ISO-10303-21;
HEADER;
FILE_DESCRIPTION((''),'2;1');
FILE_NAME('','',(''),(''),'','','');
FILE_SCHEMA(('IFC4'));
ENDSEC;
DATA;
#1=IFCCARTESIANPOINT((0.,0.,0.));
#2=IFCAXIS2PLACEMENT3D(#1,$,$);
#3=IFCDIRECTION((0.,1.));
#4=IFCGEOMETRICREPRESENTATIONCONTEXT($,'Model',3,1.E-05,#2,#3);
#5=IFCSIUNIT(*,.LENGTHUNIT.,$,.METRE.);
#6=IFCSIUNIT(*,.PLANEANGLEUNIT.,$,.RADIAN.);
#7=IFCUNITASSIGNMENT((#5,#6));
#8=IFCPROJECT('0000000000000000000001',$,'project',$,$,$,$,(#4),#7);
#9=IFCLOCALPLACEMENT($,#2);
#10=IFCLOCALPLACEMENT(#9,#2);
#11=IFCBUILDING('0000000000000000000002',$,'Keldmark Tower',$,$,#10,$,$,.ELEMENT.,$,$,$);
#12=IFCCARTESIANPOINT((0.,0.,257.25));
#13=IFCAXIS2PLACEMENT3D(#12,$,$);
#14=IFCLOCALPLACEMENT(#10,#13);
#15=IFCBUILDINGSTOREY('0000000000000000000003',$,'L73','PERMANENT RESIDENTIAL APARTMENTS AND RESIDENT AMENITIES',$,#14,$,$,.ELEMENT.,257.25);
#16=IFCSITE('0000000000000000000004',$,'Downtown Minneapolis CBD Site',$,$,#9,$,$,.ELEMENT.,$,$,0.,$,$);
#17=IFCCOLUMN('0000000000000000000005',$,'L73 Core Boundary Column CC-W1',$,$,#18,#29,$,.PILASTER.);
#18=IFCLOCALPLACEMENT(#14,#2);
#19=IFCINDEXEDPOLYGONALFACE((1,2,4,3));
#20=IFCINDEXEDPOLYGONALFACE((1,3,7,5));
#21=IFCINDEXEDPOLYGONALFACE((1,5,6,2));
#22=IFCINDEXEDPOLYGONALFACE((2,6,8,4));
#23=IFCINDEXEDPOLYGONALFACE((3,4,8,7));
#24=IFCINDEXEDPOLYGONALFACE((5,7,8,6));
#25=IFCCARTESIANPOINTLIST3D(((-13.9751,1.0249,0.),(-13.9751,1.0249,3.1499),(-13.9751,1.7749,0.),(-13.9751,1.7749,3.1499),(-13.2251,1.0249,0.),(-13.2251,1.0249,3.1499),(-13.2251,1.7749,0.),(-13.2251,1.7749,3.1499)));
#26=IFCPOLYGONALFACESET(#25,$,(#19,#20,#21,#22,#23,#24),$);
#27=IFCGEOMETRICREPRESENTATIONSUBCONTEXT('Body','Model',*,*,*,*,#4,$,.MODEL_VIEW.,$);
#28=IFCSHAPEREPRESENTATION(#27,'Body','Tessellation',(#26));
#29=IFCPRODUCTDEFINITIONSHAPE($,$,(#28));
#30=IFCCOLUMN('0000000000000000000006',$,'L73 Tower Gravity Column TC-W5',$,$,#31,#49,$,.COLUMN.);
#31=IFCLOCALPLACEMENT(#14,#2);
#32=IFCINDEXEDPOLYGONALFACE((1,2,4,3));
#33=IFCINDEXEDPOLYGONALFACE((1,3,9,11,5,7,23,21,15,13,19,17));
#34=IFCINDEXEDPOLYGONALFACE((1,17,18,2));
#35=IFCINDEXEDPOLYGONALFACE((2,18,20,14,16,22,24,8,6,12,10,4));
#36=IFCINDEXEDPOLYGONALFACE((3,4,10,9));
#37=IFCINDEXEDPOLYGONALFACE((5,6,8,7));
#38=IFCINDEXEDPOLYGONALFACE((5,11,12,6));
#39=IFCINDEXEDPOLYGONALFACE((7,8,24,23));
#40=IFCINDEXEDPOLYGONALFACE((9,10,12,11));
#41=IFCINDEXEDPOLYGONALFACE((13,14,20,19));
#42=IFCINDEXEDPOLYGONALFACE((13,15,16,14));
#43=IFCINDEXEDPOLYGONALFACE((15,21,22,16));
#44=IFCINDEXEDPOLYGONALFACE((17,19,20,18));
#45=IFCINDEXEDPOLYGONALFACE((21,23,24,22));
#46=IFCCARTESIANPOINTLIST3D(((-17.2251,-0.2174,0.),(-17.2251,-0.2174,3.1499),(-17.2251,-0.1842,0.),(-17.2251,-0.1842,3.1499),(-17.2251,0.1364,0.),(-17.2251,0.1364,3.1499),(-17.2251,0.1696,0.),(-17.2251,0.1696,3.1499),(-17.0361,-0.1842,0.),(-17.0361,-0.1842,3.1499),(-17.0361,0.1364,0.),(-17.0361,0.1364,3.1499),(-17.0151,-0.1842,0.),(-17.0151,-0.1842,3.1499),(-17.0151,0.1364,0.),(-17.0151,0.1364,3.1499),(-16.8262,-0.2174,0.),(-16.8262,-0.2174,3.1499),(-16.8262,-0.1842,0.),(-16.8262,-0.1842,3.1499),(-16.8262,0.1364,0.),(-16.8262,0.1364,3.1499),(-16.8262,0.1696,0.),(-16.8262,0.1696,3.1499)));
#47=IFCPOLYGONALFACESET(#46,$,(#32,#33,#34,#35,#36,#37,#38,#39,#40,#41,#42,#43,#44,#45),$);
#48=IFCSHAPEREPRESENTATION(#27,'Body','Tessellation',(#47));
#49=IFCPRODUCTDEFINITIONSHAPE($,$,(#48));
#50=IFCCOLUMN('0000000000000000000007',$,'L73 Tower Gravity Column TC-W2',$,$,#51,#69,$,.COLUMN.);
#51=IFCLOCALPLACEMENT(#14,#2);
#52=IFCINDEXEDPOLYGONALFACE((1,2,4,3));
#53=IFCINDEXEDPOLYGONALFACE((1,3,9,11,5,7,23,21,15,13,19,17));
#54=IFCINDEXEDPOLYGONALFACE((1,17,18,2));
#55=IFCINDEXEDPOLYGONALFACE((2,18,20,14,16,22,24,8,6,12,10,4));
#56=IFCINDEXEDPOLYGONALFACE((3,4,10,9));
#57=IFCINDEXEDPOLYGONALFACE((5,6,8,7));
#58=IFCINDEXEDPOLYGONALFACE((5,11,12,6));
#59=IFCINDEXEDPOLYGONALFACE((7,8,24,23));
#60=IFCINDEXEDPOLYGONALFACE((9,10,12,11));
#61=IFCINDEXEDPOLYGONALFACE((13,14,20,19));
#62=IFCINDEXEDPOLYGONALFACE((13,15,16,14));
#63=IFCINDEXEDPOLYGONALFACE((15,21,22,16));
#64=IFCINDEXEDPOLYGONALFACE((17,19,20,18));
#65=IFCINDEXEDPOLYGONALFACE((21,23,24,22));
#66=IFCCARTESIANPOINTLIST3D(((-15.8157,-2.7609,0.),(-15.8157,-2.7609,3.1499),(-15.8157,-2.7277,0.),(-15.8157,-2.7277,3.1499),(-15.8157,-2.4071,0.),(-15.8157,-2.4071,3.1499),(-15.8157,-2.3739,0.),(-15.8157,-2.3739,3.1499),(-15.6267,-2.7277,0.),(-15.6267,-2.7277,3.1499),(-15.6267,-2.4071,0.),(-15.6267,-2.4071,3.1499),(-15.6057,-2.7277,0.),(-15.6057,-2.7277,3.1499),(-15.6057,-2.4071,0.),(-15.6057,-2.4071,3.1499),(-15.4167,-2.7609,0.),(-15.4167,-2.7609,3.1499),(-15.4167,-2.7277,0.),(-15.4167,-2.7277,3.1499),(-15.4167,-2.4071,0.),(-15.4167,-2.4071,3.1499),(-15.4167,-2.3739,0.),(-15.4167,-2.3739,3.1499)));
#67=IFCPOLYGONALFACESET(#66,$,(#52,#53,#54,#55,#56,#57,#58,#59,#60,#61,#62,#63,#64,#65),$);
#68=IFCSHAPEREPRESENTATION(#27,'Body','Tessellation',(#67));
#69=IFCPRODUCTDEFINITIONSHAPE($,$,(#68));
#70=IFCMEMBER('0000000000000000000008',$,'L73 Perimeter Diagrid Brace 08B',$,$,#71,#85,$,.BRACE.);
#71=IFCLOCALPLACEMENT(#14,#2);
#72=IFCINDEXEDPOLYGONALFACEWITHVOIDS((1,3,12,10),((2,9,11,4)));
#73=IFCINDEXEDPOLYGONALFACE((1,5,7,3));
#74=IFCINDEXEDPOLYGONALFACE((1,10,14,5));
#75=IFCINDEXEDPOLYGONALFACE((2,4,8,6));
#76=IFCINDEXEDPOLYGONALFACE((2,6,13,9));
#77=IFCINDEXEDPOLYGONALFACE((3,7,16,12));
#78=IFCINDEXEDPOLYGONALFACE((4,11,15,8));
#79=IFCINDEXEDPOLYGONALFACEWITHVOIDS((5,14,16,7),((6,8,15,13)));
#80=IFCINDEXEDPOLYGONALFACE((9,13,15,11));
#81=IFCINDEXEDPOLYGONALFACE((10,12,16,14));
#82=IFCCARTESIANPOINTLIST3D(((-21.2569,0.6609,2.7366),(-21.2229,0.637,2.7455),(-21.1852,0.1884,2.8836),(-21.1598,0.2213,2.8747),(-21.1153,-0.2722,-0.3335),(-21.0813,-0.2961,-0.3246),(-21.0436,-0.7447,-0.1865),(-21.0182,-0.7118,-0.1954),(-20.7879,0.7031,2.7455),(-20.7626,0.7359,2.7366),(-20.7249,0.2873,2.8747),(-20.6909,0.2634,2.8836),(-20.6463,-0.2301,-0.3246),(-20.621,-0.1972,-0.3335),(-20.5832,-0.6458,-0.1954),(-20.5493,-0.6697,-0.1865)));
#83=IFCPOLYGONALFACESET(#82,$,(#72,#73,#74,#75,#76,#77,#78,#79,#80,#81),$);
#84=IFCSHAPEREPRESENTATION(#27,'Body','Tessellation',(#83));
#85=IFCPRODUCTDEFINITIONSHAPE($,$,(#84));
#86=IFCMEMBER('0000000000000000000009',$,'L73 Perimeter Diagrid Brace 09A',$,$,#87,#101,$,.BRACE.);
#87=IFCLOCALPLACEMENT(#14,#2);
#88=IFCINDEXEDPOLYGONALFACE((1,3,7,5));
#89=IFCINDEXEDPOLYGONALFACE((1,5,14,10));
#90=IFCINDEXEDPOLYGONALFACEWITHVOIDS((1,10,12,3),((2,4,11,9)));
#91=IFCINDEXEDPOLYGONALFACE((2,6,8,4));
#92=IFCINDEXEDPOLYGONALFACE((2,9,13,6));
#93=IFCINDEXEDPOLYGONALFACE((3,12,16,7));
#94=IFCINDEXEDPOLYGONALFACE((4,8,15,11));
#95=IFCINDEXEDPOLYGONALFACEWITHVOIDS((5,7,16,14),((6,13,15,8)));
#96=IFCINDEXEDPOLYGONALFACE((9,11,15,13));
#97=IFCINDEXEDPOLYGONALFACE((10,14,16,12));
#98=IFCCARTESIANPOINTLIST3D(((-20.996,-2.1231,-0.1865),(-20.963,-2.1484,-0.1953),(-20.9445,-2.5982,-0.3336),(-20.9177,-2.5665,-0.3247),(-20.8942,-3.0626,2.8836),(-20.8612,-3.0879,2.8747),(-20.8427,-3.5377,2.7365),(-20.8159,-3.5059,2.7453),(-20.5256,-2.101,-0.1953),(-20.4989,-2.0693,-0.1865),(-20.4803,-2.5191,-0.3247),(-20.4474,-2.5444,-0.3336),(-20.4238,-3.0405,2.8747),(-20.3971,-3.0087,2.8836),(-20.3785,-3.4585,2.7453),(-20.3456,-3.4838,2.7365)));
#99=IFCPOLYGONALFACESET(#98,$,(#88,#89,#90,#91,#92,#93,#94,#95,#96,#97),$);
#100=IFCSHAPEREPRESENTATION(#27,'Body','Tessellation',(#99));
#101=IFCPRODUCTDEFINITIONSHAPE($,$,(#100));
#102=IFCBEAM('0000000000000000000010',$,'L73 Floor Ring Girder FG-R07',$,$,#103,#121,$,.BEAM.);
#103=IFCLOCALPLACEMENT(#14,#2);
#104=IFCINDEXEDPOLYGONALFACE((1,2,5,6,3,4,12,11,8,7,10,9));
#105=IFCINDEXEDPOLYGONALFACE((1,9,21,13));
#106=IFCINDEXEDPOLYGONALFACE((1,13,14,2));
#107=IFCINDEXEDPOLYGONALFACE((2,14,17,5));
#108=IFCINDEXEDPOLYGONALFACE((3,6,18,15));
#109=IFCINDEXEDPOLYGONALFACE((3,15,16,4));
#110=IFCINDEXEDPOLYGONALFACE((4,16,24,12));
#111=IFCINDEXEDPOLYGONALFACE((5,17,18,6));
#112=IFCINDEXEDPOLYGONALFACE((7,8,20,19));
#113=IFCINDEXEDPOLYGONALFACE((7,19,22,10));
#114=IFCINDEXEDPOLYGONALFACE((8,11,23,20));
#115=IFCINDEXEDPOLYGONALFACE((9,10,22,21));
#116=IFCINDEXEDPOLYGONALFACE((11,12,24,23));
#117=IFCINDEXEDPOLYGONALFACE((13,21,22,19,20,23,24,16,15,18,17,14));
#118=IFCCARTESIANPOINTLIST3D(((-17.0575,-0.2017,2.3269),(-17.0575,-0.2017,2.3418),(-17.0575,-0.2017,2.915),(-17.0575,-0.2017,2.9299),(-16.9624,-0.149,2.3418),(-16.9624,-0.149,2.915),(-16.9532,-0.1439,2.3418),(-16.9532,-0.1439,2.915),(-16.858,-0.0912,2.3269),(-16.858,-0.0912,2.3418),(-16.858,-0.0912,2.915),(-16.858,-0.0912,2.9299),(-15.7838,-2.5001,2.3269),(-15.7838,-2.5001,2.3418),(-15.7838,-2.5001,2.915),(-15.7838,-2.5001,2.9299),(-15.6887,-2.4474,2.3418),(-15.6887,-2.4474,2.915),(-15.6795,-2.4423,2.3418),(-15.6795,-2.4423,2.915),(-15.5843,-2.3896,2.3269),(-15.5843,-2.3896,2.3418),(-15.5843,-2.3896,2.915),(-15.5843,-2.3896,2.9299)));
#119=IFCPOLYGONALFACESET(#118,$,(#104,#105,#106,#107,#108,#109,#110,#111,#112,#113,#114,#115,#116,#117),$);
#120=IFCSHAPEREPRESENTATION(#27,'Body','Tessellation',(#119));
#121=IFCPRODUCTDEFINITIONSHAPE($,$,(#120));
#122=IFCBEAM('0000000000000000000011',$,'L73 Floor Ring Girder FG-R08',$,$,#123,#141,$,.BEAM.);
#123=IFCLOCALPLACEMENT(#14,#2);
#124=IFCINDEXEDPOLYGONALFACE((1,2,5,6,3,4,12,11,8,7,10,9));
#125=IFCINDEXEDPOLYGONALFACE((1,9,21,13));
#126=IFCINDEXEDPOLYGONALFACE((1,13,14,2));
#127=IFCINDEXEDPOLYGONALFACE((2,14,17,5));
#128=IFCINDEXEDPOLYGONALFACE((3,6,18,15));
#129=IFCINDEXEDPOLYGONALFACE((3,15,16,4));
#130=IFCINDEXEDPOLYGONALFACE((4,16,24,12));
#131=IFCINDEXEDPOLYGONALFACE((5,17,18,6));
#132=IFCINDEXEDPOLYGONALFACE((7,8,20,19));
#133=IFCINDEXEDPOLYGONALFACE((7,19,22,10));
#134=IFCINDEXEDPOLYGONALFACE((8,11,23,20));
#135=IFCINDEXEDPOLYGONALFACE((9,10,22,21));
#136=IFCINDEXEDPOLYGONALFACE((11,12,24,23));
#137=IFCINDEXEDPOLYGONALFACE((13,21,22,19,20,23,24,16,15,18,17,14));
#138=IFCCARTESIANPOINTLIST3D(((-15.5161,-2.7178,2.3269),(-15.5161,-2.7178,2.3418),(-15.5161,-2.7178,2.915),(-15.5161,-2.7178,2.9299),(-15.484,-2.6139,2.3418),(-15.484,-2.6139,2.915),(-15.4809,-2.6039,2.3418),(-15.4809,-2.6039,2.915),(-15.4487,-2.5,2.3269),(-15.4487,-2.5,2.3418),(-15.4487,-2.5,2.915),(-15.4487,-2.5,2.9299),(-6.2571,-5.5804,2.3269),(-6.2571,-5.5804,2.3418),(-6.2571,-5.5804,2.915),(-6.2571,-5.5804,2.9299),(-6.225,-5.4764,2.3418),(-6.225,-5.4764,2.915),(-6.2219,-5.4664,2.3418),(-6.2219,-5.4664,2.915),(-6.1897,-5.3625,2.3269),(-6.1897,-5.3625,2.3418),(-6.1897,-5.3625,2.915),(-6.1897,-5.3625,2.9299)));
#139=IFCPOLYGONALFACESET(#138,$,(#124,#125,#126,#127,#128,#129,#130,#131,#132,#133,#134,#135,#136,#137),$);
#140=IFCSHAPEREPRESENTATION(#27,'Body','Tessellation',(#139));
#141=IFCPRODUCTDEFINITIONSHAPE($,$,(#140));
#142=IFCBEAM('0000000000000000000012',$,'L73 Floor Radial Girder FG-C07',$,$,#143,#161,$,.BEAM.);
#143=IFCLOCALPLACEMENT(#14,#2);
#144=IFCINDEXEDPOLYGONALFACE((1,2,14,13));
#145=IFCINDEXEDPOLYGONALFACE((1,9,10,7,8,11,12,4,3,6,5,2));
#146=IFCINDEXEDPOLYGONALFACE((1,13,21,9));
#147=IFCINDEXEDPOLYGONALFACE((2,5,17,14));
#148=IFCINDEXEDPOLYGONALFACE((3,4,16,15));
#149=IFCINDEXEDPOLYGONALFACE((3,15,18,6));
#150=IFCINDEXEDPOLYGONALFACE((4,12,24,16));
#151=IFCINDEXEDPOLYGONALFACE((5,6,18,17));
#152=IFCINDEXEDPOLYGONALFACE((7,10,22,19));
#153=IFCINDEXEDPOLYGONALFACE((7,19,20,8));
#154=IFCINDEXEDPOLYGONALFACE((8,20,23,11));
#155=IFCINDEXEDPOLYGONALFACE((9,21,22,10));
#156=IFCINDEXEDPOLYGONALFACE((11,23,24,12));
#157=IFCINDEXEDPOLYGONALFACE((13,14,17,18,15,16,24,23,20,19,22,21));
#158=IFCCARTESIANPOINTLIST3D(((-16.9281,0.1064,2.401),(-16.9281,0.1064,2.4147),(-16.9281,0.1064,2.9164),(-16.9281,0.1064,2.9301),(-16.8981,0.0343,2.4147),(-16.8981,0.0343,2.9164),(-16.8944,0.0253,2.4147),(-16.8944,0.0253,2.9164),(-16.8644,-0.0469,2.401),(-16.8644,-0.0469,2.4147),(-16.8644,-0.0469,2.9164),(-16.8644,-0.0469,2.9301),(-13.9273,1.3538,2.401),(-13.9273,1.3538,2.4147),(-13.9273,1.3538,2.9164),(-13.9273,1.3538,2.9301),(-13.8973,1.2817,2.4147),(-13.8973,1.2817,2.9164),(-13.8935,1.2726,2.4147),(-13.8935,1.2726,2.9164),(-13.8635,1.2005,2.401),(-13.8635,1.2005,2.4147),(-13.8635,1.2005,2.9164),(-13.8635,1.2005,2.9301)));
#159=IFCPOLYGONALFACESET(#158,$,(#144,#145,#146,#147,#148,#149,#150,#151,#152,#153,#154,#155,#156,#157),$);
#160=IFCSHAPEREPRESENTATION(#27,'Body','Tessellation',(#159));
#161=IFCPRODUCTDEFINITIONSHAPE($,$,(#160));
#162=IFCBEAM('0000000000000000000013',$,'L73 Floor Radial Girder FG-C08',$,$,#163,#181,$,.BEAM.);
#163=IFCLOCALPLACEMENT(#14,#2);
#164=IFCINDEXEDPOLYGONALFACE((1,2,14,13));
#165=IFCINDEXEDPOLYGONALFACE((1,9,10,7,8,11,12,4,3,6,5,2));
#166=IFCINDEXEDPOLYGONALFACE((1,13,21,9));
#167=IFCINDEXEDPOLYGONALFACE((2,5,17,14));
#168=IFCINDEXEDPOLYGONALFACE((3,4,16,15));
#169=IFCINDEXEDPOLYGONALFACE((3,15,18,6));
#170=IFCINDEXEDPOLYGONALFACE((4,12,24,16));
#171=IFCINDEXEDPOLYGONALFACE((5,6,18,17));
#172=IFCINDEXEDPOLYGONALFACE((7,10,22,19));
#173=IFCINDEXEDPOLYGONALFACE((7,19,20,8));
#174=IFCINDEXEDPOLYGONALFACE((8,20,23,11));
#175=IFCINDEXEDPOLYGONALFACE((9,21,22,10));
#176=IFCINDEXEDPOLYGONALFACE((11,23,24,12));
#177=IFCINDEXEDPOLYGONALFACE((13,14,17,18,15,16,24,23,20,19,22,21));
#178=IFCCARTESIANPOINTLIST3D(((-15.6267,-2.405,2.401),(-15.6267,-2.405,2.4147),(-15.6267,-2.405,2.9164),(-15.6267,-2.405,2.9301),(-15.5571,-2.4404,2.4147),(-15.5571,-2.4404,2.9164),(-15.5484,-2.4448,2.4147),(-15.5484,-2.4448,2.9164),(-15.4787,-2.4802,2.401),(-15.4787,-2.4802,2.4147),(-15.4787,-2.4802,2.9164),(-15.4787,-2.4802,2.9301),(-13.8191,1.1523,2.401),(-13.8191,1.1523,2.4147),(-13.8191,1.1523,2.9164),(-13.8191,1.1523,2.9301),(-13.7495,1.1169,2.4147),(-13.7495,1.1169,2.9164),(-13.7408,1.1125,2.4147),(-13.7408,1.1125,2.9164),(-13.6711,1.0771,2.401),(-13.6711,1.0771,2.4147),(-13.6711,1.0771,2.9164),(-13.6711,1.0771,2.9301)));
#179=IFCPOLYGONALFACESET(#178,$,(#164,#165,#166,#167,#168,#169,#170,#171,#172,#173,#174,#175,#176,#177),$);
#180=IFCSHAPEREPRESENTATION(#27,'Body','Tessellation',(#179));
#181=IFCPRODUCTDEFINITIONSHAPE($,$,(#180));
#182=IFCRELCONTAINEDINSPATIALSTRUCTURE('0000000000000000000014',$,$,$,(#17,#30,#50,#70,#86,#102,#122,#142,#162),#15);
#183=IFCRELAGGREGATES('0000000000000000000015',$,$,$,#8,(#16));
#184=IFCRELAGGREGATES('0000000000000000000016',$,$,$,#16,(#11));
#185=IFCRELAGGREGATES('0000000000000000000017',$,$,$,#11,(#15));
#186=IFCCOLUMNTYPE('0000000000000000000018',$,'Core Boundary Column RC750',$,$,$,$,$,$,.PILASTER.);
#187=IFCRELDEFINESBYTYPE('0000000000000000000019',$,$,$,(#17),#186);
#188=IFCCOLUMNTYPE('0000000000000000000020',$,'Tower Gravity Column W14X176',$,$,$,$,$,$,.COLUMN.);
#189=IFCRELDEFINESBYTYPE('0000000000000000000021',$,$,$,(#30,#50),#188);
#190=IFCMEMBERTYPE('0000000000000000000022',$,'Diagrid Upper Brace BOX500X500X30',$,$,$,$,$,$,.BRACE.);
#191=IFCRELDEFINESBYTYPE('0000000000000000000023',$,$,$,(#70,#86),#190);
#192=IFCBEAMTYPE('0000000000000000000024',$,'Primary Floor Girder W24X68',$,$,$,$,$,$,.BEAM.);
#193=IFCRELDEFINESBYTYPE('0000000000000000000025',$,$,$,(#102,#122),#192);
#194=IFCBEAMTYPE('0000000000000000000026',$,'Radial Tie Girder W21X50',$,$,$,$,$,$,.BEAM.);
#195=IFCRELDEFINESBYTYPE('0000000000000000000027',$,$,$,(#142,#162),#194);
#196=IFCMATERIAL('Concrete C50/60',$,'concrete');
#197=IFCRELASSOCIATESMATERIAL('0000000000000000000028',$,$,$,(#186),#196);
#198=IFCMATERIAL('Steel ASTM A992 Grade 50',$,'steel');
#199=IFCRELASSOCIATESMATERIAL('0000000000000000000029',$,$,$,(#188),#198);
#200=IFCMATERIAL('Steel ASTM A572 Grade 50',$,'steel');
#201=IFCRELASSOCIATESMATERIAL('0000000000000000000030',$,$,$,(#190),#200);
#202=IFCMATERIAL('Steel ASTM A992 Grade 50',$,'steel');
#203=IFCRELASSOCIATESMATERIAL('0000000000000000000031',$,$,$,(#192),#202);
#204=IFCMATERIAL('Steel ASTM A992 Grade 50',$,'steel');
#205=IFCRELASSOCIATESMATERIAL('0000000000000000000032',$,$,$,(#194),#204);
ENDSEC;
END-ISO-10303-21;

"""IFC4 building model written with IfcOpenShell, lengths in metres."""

from ifc_helpers import new_model, si_unit, direction, frame, origin, origin_2d, place, context, subcontext, project, spatial, rectangle, hollow_rectangle, i_section, extrude, material, material_profile, profile_set, type_object, element, save


model = new_model("IFC4")

# Units and contexts
model_context = context("Model", 3, precision=1e-05, world=origin(), true_north=direction((0.0, 1.0)))
body_context = subcontext(model_context, "Body", "Model", "MODEL_VIEW")
ifc_project = project(units=[si_unit("LENGTHUNIT", "METRE"), si_unit("PLANEANGLEUNIT", "RADIAN")], contexts=[model_context])

# Site, building, storey
site_placement = place(None, origin())
site = spatial("IfcSite", under=ifc_project, at=site_placement, Name="Downtown Minneapolis CBD Site", CompositionType="ELEMENT", RefElevation=0.0)
building_placement = place(site_placement, origin())
building = spatial("IfcBuilding", under=site, at=building_placement, Name="Keldmark Tower", CompositionType="ELEMENT")
storey_placement = place(building_placement, frame((0.0, 0.0, 257.25)))
storey = spatial("IfcBuildingStorey", under=building, at=storey_placement, Name="L73", Description="PERMANENT RESIDENTIAL APARTMENTS AND RESIDENT AMENITIES", CompositionType="ELEMENT", Elevation=257.25)

# Columns
ifc_material_1 = material(Name="Concrete C50/60", Category="concrete")
ifc_material_profile_1 = material_profile(ifc_material_1, rectangle(XDim=0.75, YDim=0.75, at=origin_2d()), Name="RC750X750")
ifc_profile_set_1 = profile_set([ifc_material_profile_1], Name="Concrete C50/60")
column_type_1 = type_object("IfcColumnType", Name="Core Boundary Column RC750", PredefinedType="PILASTER", material=ifc_profile_set_1)
column_placement = place(storey_placement, frame((-13.6001, 1.3999, 0.0), z_axis=(0.0, 0.0, 1.0), x_axis=(1.0, 0.0, 0.0)))
element("IfcColumn", 1, at=column_placement, inside=storey, type_object=column_type_1, Name="L73 Core Boundary Column CC-W1", PredefinedType="PILASTER", context=body_context, shape_type="SweptSolid", body=[
    extrude(rectangle(XDim=0.75, YDim=0.75, at=origin_2d()), origin(), (0.0, 0.0, 1.0), 3.1499),
])
ifc_material_2 = material(Name="Steel ASTM A992 Grade 50", Category="steel")
ifc_material_profile_2 = material_profile(ifc_material_2, i_section(OverallWidth=0.3989, OverallDepth=0.387, WebThickness=0.021, FlangeThickness=0.0332, at=origin_2d()), Name="W14X176")
ifc_profile_set_2 = profile_set([ifc_material_profile_2], Name="Steel ASTM A992 Grade 50")
column_type_2 = type_object("IfcColumnType", Name="Tower Gravity Column W14X176", PredefinedType="COLUMN", material=ifc_profile_set_2)
for number, where, z_axis, x_axis, name in (
    (2, (-17.0256, -0.0239, 0.0), (0.0, 0.0, 1.0), (1.0, 0.0, 0.0), "L73 Tower Gravity Column TC-W5"),
    (3, (-15.6162, -2.5674, 0.0), (0.0, 0.0, 1.0), (1.0, 0.0, 0.0), "L73 Tower Gravity Column TC-W2"),
):
    element("IfcColumn", number, at=place(storey_placement, frame(where, z_axis=z_axis, x_axis=x_axis)), inside=storey, type_object=column_type_2, Name=name, PredefinedType="COLUMN", context=body_context, shape_type="SweptSolid", body=[
        extrude(i_section(OverallWidth=0.3989, OverallDepth=0.387, WebThickness=0.021, FlangeThickness=0.0332, at=origin_2d()), origin(), (0.0, 0.0, 1.0), 3.1499),
    ])

# Members
ifc_material_3 = material(Name="Steel ASTM A572 Grade 50", Category="steel")
ifc_material_profile_3 = material_profile(ifc_material_3, hollow_rectangle(XDim=0.5, YDim=0.5, WallThickness=0.03, at=origin_2d()), Name="BOX500X500X30")
ifc_profile_set_3 = profile_set([ifc_material_profile_3], Name="Steel ASTM A572 Grade 50")
member_type = type_object("IfcMemberType", Name="Diagrid Upper Brace BOX500X500X30", PredefinedType="BRACE", material=ifc_profile_set_3)
member_1_placement = place(storey_placement, frame((-20.8323, -0.4709, -0.26), z_axis=(-0.044087, 0.290519, 0.955853), x_axis=(-0.988681, -0.150035, 0.0)))
element("IfcMember", 4, at=member_1_placement, inside=storey, type_object=member_type, Name="L73 Perimeter Diagrid Brace 08B", PredefinedType="BRACE", context=body_context, shape_type="SweptSolid", body=[
    extrude(hollow_rectangle(XDim=0.5, YDim=0.5, WallThickness=0.03, at=origin_2d()), origin(), (0.0, 0.0, 1.0), 3.2119),
])
member_2_placement = place(storey_placement, frame((-20.7217, -2.3337, -0.26), z_axis=(0.031694, -0.292464, 0.955751), x_axis=(0.994179, 0.107737, 0.0)))
element("IfcMember", 5, at=member_2_placement, inside=storey, type_object=member_type, Name="L73 Perimeter Diagrid Brace 09A", PredefinedType="BRACE", context=body_context, shape_type="SweptSolid", body=[
    extrude(hollow_rectangle(XDim=0.5, YDim=0.5, WallThickness=0.03, at=origin_2d()), origin(), (0.0, 0.0, 1.0), 3.2122),
])

# Beams
ifc_material_4 = material(Name="Steel ASTM A992 Grade 50", Category="steel")
ifc_material_profile_4 = material_profile(ifc_material_4, i_section(OverallWidth=0.228, OverallDepth=0.603, WebThickness=0.0105, FlangeThickness=0.0149, at=origin_2d()), Name="W24X68")
ifc_profile_set_4 = profile_set([ifc_material_profile_4], Name="Steel ASTM A992 Grade 50")
beam_type_1 = type_object("IfcBeamType", Name="Primary Floor Girder W24X68", PredefinedType="BEAM", material=ifc_profile_set_4)
beam_1_placement = place(storey_placement, frame((-16.9578, -0.1465, 2.6284), z_axis=(0.48472, -0.87467, 0.0), x_axis=(0.87467, 0.48472, 0.0)))
element("IfcBeam", 6, at=beam_1_placement, inside=storey, type_object=beam_type_1, Name="L73 Floor Ring Girder FG-R07", PredefinedType="BEAM", context=body_context, shape_type="SweptSolid", body=[
    extrude(i_section(OverallWidth=0.228, OverallDepth=0.603, WebThickness=0.0105, FlangeThickness=0.0149, at=origin_2d()), origin(), (0.0, 0.0, 1.0), 2.6277),
])
beam_2_placement = place(storey_placement, frame((-15.4824, -2.6089, 2.6284), z_axis=(0.955383, -0.295369, 0.0), x_axis=(0.295369, 0.955383, 0.0)))
element("IfcBeam", 7, at=beam_2_placement, inside=storey, type_object=beam_type_1, Name="L73 Floor Ring Girder FG-R08", PredefinedType="BEAM", context=body_context, shape_type="SweptSolid", body=[
    extrude(i_section(OverallWidth=0.228, OverallDepth=0.603, WebThickness=0.0105, FlangeThickness=0.0149, at=origin_2d()), origin(), (0.0, 0.0, 1.0), 9.6914),
])
ifc_material_5 = material(Name="Steel ASTM A992 Grade 50", Category="steel")
ifc_material_profile_5 = material_profile(ifc_material_5, i_section(OverallWidth=0.166, OverallDepth=0.5291, WebThickness=0.0098, FlangeThickness=0.0137, at=origin_2d()), Name="W21X50")
ifc_profile_set_5 = profile_set([ifc_material_profile_5], Name="Steel ASTM A992 Grade 50")
beam_type_2 = type_object("IfcBeamType", Name="Radial Tie Girder W21X50", PredefinedType="BEAM", material=ifc_profile_set_5)
beam_3_placement = place(storey_placement, frame((-16.8962, 0.0298, 2.6655), z_axis=(0.923403, 0.383831, 0.0), x_axis=(-0.383831, 0.923403, 0.0)))
element("IfcBeam", 8, at=beam_3_placement, inside=storey, type_object=beam_type_2, Name="L73 Floor Radial Girder FG-C07", PredefinedType="BEAM", context=body_context, shape_type="SweptSolid", body=[
    extrude(i_section(OverallWidth=0.166, OverallDepth=0.5291, WebThickness=0.0098, FlangeThickness=0.0137, at=origin_2d()), origin(), (0.0, 0.0, 1.0), 3.2498),
])
beam_4_placement = place(storey_placement, frame((-15.5527, -2.4426, 2.6655), z_axis=(0.453004, 0.891508, 0.0), x_axis=(-0.891508, 0.453004, 0.0)))
element("IfcBeam", 9, at=beam_4_placement, inside=storey, type_object=beam_type_2, Name="L73 Floor Radial Girder FG-C08", PredefinedType="BEAM", context=body_context, shape_type="SweptSolid", body=[
    extrude(i_section(OverallWidth=0.166, OverallDepth=0.5291, WebThickness=0.0098, FlangeThickness=0.0137, at=origin_2d()), origin(), (0.0, 0.0, 1.0), 3.9902),
])

save(model, "model.ifc")
